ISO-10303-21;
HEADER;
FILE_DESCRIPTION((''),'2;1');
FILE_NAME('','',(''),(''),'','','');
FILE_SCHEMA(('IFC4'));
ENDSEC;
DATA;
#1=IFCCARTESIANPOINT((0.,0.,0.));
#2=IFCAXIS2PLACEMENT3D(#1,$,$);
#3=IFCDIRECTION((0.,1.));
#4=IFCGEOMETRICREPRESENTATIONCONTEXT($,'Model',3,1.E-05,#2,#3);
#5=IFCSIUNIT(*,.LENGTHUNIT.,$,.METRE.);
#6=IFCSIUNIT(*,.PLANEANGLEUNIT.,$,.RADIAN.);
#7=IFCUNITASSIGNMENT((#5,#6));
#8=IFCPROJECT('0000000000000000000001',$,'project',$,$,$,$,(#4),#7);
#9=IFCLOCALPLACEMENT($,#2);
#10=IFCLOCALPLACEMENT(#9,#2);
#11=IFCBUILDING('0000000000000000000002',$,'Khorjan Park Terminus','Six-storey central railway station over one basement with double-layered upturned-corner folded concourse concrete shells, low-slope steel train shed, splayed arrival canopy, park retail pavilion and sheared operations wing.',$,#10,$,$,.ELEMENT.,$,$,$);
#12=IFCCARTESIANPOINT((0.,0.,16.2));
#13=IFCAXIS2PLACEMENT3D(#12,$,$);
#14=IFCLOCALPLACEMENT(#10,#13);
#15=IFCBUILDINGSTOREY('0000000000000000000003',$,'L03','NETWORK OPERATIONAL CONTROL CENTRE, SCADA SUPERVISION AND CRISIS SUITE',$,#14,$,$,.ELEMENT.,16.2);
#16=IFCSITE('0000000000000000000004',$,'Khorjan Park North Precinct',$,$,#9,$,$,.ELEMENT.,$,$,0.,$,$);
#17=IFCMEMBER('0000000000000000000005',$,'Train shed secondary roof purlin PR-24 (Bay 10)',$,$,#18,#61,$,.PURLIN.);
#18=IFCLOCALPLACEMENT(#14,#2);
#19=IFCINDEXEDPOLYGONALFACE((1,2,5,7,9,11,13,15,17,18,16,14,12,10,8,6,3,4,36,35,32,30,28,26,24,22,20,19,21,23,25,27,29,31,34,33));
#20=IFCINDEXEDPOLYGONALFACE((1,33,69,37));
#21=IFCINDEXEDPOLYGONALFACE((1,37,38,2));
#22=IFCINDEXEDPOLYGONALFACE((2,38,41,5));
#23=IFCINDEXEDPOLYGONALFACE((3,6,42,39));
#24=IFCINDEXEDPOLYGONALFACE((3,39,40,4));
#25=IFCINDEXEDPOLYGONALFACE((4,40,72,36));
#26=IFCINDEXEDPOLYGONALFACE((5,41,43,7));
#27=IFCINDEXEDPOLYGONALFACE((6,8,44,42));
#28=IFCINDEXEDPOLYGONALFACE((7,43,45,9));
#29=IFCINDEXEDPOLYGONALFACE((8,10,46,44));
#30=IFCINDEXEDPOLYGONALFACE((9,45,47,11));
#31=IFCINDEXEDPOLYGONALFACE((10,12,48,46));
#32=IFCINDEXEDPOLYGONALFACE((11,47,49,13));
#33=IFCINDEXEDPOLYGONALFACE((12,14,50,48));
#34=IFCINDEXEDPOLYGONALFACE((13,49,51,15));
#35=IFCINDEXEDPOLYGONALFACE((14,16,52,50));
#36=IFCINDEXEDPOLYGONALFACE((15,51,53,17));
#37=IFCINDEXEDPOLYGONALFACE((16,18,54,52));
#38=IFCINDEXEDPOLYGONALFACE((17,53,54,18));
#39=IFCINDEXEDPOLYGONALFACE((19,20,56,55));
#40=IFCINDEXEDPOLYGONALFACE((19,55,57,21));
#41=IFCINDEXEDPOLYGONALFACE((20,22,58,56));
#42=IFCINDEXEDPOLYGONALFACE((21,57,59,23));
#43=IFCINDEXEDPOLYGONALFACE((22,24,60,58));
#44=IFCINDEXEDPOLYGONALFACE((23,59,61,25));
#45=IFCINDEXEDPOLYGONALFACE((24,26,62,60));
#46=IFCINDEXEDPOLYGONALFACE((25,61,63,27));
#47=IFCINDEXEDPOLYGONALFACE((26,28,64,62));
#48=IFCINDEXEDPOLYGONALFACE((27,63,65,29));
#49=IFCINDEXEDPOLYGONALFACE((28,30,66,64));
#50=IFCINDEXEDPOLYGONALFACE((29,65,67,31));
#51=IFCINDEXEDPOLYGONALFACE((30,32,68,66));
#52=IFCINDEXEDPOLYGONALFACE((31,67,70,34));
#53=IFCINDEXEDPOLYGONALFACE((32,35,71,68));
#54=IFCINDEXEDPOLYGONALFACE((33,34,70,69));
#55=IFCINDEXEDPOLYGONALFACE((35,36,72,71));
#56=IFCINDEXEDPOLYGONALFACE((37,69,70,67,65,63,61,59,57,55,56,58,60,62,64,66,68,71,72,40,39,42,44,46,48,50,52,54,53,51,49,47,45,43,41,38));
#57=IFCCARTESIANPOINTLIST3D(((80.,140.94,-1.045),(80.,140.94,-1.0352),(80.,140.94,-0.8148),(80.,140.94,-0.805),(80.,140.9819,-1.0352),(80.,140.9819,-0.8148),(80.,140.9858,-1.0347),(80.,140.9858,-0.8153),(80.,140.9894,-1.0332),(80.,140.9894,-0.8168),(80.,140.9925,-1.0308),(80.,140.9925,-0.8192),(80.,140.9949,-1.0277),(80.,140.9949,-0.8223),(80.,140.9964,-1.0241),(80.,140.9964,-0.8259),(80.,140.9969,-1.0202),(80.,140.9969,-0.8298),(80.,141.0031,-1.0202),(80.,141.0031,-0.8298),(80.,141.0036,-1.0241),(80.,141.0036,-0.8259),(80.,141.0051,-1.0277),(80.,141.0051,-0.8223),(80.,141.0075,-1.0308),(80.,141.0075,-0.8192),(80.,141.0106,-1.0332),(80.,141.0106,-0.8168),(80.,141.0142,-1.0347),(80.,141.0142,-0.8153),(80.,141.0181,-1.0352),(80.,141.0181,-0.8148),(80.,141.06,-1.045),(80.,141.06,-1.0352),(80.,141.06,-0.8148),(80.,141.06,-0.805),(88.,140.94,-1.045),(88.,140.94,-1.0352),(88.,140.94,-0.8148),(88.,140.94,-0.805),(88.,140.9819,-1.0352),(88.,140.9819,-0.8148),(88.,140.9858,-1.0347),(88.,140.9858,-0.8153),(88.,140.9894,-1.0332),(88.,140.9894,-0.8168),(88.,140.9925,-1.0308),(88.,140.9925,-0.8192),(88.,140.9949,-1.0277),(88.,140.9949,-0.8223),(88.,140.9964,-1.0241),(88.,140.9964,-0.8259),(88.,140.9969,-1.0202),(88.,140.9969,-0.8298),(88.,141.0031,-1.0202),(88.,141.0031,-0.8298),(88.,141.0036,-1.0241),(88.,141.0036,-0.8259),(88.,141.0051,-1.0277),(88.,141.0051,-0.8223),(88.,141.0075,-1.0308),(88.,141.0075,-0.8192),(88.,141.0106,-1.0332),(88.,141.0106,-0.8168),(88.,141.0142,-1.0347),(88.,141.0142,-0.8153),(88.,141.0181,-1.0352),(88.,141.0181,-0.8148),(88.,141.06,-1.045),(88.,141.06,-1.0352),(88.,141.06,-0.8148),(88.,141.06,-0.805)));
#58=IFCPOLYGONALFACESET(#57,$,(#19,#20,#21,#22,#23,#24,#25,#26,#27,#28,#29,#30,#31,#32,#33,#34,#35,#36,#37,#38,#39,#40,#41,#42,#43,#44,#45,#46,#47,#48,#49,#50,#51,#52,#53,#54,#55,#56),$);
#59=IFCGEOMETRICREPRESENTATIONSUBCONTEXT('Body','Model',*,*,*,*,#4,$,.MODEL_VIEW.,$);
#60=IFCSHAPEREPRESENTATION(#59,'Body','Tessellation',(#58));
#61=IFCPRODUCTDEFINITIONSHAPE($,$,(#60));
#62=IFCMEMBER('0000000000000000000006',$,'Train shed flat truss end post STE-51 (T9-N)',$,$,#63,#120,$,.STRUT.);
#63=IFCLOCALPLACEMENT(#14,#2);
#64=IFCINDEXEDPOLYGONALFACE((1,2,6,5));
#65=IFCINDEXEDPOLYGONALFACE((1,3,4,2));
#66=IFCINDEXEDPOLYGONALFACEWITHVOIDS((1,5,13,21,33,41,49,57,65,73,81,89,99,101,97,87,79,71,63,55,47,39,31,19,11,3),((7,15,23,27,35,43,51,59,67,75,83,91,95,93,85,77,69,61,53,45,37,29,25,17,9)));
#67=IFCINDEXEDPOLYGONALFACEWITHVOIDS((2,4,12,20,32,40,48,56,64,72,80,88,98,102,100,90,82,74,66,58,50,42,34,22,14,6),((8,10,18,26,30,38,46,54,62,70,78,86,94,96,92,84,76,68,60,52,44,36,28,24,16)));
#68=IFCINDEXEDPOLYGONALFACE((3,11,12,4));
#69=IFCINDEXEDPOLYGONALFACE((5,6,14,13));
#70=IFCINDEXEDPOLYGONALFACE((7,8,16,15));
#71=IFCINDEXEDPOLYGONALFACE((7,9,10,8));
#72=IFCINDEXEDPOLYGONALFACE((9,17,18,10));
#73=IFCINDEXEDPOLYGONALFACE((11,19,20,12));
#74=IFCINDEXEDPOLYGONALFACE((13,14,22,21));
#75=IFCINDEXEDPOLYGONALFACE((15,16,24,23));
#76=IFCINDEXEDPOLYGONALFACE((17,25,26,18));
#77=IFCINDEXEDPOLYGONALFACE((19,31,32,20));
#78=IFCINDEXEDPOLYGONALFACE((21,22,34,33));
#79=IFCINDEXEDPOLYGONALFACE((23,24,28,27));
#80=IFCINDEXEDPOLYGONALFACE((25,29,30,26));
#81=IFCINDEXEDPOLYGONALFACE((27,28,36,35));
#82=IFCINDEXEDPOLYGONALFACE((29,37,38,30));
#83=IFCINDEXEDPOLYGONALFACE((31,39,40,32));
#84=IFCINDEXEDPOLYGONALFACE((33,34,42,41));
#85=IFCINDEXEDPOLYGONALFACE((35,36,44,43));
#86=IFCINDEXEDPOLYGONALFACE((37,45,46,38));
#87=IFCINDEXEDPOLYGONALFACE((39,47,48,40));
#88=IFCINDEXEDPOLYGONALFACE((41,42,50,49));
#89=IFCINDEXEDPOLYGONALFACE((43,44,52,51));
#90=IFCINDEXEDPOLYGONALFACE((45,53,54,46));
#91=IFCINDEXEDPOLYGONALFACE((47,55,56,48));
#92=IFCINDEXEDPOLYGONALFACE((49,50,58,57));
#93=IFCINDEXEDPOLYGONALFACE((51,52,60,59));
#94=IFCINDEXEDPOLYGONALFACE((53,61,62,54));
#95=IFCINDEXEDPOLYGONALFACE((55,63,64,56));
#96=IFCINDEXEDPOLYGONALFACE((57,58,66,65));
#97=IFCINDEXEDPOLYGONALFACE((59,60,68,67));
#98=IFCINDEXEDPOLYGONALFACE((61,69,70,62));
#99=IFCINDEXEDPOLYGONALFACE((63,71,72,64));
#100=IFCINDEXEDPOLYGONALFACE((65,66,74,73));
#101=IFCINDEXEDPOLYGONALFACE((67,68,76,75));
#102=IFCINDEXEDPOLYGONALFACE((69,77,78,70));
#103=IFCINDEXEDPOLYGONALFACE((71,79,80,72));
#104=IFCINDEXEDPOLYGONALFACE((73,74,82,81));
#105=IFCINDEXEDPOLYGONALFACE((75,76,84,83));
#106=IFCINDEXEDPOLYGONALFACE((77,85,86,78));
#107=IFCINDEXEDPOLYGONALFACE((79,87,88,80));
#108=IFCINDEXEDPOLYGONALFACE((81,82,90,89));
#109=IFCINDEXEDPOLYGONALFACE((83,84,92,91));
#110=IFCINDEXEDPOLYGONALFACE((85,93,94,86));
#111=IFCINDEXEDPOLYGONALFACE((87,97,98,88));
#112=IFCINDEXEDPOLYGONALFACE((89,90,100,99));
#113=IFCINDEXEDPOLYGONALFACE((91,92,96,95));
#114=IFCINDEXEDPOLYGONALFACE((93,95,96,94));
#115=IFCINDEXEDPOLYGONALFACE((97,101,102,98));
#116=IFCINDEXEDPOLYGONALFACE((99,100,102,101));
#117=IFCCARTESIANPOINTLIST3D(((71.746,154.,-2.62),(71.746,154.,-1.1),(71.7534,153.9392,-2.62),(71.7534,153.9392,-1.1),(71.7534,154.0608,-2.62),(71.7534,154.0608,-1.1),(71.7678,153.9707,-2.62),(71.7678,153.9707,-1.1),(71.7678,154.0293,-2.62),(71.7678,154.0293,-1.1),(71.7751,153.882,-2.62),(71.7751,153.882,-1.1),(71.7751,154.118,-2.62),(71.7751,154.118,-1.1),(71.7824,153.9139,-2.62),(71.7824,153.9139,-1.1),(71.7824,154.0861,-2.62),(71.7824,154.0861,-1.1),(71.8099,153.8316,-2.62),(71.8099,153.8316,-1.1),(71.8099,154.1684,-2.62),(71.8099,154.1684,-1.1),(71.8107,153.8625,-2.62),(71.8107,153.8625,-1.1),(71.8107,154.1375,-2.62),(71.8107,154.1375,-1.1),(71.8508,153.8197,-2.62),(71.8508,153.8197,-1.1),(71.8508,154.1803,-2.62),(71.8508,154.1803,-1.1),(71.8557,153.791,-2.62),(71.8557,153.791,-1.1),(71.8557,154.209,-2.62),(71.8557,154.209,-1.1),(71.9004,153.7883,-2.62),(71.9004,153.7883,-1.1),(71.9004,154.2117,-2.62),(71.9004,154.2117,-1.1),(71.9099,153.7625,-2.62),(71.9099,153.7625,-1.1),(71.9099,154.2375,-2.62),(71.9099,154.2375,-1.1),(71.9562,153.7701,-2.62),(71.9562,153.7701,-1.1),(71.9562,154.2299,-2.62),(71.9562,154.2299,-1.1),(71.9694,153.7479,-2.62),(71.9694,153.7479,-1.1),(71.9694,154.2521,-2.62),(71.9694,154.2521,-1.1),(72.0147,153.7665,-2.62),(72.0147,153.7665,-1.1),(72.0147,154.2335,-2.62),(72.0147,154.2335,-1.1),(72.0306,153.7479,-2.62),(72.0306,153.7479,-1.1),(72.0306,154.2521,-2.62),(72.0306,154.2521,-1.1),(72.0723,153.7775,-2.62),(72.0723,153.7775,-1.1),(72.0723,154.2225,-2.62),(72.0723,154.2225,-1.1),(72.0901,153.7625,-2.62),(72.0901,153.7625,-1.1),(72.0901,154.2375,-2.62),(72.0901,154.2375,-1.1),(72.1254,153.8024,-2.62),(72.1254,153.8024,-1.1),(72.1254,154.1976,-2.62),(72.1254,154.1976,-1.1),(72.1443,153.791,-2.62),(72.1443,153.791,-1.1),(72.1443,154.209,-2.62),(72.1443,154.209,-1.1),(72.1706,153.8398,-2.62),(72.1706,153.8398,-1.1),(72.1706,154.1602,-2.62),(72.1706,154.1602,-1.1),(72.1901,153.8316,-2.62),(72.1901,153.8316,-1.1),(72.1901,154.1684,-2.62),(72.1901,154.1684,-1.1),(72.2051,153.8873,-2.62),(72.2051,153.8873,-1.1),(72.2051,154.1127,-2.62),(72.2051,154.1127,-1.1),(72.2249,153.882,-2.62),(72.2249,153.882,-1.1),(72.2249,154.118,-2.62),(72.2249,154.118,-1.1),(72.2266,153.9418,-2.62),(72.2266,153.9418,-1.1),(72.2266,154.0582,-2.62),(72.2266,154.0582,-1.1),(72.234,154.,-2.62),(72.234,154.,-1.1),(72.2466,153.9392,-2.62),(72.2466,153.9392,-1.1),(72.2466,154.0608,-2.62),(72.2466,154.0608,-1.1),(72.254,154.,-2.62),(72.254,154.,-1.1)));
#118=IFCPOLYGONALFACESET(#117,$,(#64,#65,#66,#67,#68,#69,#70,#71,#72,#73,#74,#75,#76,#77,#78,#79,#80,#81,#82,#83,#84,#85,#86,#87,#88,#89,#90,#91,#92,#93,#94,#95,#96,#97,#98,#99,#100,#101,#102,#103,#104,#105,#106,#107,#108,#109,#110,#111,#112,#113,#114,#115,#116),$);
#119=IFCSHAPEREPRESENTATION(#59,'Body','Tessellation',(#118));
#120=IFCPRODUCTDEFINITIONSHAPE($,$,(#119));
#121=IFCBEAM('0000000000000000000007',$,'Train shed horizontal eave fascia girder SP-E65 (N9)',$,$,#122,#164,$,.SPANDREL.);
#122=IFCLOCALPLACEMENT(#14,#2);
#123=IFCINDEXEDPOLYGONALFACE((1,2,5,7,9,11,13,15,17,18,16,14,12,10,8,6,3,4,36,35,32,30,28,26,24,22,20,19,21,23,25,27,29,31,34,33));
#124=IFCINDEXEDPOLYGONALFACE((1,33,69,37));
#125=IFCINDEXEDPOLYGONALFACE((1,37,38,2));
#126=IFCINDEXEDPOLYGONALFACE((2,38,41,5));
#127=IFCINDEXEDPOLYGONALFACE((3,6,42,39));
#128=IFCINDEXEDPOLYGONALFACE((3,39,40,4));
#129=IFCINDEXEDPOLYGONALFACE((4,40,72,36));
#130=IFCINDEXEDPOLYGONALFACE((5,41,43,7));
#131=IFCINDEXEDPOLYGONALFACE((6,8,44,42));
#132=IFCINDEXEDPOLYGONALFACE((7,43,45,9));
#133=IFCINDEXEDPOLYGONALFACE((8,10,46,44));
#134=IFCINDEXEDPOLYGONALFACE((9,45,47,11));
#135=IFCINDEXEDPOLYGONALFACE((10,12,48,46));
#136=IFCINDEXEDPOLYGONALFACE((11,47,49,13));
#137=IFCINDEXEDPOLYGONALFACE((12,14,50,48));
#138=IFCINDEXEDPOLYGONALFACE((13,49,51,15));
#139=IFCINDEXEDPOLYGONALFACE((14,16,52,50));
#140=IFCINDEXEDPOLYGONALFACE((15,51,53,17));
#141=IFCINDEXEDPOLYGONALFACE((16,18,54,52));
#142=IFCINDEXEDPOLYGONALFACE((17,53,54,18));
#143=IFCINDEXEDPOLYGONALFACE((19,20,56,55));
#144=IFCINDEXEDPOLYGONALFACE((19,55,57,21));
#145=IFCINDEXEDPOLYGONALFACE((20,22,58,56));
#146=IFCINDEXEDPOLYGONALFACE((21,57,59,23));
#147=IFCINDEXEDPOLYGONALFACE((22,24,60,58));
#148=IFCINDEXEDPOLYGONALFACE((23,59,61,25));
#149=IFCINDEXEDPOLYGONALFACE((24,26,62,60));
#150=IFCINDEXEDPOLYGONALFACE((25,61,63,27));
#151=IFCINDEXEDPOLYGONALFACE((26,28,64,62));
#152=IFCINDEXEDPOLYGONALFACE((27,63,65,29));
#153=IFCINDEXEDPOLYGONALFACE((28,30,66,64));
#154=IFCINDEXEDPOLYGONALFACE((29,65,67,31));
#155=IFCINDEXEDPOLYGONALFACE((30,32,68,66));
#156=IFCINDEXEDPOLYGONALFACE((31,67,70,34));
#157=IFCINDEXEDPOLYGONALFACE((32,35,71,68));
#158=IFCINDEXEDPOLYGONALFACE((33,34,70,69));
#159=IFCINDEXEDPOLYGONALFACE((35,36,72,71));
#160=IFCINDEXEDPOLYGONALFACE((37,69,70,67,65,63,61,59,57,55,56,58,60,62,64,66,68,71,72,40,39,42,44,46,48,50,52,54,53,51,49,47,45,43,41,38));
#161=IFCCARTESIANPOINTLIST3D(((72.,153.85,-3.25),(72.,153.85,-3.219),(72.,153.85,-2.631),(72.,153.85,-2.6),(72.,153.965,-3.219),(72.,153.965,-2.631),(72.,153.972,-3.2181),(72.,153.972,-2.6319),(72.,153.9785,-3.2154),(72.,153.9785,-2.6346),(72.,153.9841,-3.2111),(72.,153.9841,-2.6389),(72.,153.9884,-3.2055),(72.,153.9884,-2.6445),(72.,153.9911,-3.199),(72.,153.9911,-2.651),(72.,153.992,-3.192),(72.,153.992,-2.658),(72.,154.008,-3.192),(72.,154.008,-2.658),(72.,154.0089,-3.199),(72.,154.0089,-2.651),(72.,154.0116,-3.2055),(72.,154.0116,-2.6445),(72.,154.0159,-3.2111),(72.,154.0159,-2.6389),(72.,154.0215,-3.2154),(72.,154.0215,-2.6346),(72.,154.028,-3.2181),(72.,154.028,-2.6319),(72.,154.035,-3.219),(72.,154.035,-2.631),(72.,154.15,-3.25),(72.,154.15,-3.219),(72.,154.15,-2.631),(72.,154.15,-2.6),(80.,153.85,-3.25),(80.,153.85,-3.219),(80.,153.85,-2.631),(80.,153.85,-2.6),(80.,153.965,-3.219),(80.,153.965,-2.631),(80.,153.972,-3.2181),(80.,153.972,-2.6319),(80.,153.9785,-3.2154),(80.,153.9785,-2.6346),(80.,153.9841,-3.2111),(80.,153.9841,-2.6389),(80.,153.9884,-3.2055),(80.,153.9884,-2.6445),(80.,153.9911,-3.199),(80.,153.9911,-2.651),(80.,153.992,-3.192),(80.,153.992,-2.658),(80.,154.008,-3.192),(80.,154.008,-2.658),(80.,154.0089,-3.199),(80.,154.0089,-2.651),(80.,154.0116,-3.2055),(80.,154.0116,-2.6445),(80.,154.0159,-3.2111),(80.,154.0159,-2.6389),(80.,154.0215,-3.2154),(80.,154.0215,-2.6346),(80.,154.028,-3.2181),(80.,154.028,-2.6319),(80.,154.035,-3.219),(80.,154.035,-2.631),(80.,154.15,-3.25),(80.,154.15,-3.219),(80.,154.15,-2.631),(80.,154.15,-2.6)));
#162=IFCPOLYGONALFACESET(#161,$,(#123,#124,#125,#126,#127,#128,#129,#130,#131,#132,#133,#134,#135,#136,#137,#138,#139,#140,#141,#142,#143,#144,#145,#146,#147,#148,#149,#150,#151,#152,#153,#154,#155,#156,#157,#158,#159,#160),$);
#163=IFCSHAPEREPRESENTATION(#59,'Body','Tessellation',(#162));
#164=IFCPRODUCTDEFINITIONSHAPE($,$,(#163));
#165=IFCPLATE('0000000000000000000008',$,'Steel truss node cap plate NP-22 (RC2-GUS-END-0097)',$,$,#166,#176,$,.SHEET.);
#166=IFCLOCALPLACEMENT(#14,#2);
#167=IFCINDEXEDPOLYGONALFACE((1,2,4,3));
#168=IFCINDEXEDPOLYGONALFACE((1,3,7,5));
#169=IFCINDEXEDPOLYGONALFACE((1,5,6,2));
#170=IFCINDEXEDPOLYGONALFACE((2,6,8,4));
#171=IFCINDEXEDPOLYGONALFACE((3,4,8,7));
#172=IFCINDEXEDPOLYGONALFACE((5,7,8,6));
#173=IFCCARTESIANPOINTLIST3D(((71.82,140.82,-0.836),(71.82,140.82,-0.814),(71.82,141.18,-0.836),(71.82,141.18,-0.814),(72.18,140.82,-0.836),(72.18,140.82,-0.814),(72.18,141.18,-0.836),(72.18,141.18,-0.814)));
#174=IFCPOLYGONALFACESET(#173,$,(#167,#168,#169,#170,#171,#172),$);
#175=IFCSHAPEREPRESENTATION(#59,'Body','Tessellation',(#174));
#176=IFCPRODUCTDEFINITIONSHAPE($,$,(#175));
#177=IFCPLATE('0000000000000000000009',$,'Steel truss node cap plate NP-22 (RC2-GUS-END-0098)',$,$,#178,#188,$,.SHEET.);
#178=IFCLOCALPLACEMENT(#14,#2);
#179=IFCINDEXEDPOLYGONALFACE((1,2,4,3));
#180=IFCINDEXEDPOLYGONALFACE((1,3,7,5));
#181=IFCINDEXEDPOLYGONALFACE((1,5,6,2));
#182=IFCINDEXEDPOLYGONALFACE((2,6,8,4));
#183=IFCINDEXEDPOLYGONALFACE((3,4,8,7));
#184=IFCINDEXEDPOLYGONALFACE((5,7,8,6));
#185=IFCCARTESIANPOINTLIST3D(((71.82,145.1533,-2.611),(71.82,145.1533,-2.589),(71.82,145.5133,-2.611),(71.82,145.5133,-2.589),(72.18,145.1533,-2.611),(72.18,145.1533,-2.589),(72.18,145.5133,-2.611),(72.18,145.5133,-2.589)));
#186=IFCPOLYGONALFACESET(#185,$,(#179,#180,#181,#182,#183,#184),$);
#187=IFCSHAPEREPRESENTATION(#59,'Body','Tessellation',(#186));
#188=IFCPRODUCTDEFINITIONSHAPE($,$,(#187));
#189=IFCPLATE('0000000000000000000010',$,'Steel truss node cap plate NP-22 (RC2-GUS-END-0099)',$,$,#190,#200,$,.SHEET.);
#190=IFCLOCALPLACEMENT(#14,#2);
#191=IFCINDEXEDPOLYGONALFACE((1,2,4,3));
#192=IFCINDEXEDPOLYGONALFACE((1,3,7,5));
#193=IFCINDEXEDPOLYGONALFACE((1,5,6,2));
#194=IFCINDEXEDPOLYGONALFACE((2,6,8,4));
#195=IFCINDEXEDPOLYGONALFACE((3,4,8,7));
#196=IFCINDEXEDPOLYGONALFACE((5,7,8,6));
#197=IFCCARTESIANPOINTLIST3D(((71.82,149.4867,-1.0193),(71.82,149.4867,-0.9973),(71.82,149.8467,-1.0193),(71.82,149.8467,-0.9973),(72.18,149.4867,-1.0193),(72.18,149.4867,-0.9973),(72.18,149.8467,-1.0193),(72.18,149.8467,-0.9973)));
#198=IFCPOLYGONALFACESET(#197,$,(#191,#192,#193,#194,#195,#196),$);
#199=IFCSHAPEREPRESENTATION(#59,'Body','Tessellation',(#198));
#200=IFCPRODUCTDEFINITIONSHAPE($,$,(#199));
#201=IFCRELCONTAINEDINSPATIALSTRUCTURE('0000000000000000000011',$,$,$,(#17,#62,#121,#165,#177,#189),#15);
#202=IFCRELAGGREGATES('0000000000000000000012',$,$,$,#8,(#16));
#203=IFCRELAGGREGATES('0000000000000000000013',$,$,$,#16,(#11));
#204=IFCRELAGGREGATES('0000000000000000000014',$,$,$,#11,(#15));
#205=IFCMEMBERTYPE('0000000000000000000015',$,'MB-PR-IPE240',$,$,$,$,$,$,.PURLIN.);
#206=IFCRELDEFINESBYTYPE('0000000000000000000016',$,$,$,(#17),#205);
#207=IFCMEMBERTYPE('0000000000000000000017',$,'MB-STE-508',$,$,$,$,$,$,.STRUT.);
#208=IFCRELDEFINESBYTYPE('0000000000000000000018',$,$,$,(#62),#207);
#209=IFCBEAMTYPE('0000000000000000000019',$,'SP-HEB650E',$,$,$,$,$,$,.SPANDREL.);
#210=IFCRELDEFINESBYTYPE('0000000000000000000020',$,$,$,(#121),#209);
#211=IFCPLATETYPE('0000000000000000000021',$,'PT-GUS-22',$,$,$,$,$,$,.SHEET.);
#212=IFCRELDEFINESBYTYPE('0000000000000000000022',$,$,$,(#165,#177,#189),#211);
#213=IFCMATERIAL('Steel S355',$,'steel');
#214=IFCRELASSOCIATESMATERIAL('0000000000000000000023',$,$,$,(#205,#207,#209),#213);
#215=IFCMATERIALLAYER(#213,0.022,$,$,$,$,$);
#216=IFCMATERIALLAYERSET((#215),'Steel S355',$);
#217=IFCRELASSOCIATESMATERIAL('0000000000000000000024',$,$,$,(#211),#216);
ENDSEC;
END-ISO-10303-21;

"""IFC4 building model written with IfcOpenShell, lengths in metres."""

from ifc_helpers import new_model, si_unit, direction, frame, origin, origin_2d, place, context, subcontext, project, spatial, rectangle, hollow_circle, i_section, extrude, material, layer, layer_set, material_profile, profile_set, type_object, element, save


model = new_model("IFC4")

# Units and contexts
model_context = context("Model", 3, precision=1e-05, world=origin(), true_north=direction((0.0, 1.0)))
body_context = subcontext(model_context, "Body", "Model", "MODEL_VIEW")
ifc_project = project(units=[si_unit("LENGTHUNIT", "METRE"), si_unit("PLANEANGLEUNIT", "RADIAN")], contexts=[model_context])

# Site, building, storey
site_placement = place(None, origin())
site = spatial("IfcSite", under=ifc_project, at=site_placement, Name="Khorjan Park North Precinct", CompositionType="ELEMENT", RefElevation=0.0)
building_placement = place(site_placement, origin())
building = spatial("IfcBuilding", under=site, at=building_placement, Name="Khorjan Park Terminus", Description="Six-storey central railway station over one basement with double-layered upturned-corner folded concourse concrete shells, low-slope steel train shed, splayed arrival canopy, park retail pavilion and sheared operations wing.", CompositionType="ELEMENT")
storey_placement = place(building_placement, frame((0.0, 0.0, 16.2)))
storey = spatial("IfcBuildingStorey", under=building, at=storey_placement, Name="L03", Description="NETWORK OPERATIONAL CONTROL CENTRE, SCADA SUPERVISION AND CRISIS SUITE", CompositionType="ELEMENT", Elevation=16.2)

# Members
ifc_material = material(Name="Steel S355", Category="steel")
ifc_material_profile_1 = material_profile(ifc_material, i_section(OverallWidth=0.12, OverallDepth=0.24, WebThickness=0.0062, FlangeThickness=0.0098, FilletRadius=0.015, at=origin_2d()), Name="IPE 240")
ifc_profile_set_1 = profile_set([ifc_material_profile_1], Name="Steel S355")
member_type_1 = type_object("IfcMemberType", Name="MB-PR-IPE240", PredefinedType="PURLIN", material=ifc_profile_set_1)
member_1_placement = place(storey_placement, frame((80.0, 141.0, -0.925), z_axis=(1.0, 0.0, 0.0), x_axis=(0.0, 1.0, 0.0)))
element("IfcMember", 1, at=member_1_placement, inside=storey, type_object=member_type_1, Name="Train shed secondary roof purlin PR-24 (Bay 10)", PredefinedType="PURLIN", context=body_context, shape_type="SweptSolid", body=[
    extrude(i_section(OverallWidth=0.12, OverallDepth=0.24, WebThickness=0.0062, FlangeThickness=0.0098, FilletRadius=0.015, at=origin_2d()), origin(), (0.0, 0.0, 1.0), 8.0),
])
ifc_material_profile_2 = material_profile(ifc_material, hollow_circle(Radius=0.254, WallThickness=0.02, at=origin_2d()), Name="CHS 508x20")
ifc_profile_set_2 = profile_set([ifc_material_profile_2], Name="Steel S355")
member_type_2 = type_object("IfcMemberType", Name="MB-STE-508", PredefinedType="STRUT", material=ifc_profile_set_2)
member_2_placement = place(storey_placement, frame((72.0, 154.0, -2.62), z_axis=(0.0, 0.0, 1.0), x_axis=(1.0, 0.0, 0.0)))
element("IfcMember", 2, at=member_2_placement, inside=storey, type_object=member_type_2, Name="Train shed flat truss end post STE-51 (T9-N)", PredefinedType="STRUT", context=body_context, shape_type="SweptSolid", body=[
    extrude(hollow_circle(Radius=0.254, WallThickness=0.02, at=origin_2d()), origin(), (0.0, 0.0, 1.0), 1.52),
])

# Beam
ifc_material_profile_3 = material_profile(ifc_material, i_section(OverallWidth=0.3, OverallDepth=0.65, WebThickness=0.016, FlangeThickness=0.031, FilletRadius=0.027, at=origin_2d()), Name="HEB 650")
ifc_profile_set_3 = profile_set([ifc_material_profile_3], Name="Steel S355")
beam_type = type_object("IfcBeamType", Name="SP-HEB650E", PredefinedType="SPANDREL", material=ifc_profile_set_3)
beam_placement = place(storey_placement, frame((72.0, 154.0, -2.925), z_axis=(1.0, 0.0, 0.0), x_axis=(0.0, 1.0, 0.0)))
element("IfcBeam", 3, at=beam_placement, inside=storey, type_object=beam_type, Name="Train shed horizontal eave fascia girder SP-E65 (N9)", PredefinedType="SPANDREL", context=body_context, shape_type="SweptSolid", body=[
    extrude(i_section(OverallWidth=0.3, OverallDepth=0.65, WebThickness=0.016, FlangeThickness=0.031, FilletRadius=0.027, at=origin_2d()), origin(), (0.0, 0.0, 1.0), 8.0),
])

# Plates
ifc_layer_1 = layer(ifc_material, 0.022)
ifc_layer_set_1 = layer_set([ifc_layer_1], Name="Steel S355")
plate_type_1 = type_object("IfcPlateType", Name="PT-GUS-22", PredefinedType="SHEET", material=ifc_layer_set_1)
for number, where, z_axis, x_axis, name in (
    (4, (72.0, 141.0, -0.836), (0.0, 0.0, 1.0), (1.0, 0.0, 0.0), "Steel truss node cap plate NP-22 (RC2-GUS-END-0097)"),
    (5, (72.0, 145.3333, -2.611), (0.0, 0.0, 1.0), (1.0, 0.0, 0.0), "Steel truss node cap plate NP-22 (RC2-GUS-END-0098)"),
    (6, (72.0, 149.6667, -1.0193), (0.0, 0.0, 1.0), (1.0, 0.0, 0.0), "Steel truss node cap plate NP-22 (RC2-GUS-END-0099)"),
):
    element("IfcPlate", number, at=place(storey_placement, frame(where, z_axis=z_axis, x_axis=x_axis)), inside=storey, type_object=plate_type_1, Name=name, PredefinedType="SHEET", context=body_context, shape_type="SweptSolid", body=[
        extrude(rectangle(XDim=0.36, YDim=0.36, at=origin_2d()), origin(), (0.0, 0.0, 1.0), 0.022),
    ])

save(model, "model.ifc")
